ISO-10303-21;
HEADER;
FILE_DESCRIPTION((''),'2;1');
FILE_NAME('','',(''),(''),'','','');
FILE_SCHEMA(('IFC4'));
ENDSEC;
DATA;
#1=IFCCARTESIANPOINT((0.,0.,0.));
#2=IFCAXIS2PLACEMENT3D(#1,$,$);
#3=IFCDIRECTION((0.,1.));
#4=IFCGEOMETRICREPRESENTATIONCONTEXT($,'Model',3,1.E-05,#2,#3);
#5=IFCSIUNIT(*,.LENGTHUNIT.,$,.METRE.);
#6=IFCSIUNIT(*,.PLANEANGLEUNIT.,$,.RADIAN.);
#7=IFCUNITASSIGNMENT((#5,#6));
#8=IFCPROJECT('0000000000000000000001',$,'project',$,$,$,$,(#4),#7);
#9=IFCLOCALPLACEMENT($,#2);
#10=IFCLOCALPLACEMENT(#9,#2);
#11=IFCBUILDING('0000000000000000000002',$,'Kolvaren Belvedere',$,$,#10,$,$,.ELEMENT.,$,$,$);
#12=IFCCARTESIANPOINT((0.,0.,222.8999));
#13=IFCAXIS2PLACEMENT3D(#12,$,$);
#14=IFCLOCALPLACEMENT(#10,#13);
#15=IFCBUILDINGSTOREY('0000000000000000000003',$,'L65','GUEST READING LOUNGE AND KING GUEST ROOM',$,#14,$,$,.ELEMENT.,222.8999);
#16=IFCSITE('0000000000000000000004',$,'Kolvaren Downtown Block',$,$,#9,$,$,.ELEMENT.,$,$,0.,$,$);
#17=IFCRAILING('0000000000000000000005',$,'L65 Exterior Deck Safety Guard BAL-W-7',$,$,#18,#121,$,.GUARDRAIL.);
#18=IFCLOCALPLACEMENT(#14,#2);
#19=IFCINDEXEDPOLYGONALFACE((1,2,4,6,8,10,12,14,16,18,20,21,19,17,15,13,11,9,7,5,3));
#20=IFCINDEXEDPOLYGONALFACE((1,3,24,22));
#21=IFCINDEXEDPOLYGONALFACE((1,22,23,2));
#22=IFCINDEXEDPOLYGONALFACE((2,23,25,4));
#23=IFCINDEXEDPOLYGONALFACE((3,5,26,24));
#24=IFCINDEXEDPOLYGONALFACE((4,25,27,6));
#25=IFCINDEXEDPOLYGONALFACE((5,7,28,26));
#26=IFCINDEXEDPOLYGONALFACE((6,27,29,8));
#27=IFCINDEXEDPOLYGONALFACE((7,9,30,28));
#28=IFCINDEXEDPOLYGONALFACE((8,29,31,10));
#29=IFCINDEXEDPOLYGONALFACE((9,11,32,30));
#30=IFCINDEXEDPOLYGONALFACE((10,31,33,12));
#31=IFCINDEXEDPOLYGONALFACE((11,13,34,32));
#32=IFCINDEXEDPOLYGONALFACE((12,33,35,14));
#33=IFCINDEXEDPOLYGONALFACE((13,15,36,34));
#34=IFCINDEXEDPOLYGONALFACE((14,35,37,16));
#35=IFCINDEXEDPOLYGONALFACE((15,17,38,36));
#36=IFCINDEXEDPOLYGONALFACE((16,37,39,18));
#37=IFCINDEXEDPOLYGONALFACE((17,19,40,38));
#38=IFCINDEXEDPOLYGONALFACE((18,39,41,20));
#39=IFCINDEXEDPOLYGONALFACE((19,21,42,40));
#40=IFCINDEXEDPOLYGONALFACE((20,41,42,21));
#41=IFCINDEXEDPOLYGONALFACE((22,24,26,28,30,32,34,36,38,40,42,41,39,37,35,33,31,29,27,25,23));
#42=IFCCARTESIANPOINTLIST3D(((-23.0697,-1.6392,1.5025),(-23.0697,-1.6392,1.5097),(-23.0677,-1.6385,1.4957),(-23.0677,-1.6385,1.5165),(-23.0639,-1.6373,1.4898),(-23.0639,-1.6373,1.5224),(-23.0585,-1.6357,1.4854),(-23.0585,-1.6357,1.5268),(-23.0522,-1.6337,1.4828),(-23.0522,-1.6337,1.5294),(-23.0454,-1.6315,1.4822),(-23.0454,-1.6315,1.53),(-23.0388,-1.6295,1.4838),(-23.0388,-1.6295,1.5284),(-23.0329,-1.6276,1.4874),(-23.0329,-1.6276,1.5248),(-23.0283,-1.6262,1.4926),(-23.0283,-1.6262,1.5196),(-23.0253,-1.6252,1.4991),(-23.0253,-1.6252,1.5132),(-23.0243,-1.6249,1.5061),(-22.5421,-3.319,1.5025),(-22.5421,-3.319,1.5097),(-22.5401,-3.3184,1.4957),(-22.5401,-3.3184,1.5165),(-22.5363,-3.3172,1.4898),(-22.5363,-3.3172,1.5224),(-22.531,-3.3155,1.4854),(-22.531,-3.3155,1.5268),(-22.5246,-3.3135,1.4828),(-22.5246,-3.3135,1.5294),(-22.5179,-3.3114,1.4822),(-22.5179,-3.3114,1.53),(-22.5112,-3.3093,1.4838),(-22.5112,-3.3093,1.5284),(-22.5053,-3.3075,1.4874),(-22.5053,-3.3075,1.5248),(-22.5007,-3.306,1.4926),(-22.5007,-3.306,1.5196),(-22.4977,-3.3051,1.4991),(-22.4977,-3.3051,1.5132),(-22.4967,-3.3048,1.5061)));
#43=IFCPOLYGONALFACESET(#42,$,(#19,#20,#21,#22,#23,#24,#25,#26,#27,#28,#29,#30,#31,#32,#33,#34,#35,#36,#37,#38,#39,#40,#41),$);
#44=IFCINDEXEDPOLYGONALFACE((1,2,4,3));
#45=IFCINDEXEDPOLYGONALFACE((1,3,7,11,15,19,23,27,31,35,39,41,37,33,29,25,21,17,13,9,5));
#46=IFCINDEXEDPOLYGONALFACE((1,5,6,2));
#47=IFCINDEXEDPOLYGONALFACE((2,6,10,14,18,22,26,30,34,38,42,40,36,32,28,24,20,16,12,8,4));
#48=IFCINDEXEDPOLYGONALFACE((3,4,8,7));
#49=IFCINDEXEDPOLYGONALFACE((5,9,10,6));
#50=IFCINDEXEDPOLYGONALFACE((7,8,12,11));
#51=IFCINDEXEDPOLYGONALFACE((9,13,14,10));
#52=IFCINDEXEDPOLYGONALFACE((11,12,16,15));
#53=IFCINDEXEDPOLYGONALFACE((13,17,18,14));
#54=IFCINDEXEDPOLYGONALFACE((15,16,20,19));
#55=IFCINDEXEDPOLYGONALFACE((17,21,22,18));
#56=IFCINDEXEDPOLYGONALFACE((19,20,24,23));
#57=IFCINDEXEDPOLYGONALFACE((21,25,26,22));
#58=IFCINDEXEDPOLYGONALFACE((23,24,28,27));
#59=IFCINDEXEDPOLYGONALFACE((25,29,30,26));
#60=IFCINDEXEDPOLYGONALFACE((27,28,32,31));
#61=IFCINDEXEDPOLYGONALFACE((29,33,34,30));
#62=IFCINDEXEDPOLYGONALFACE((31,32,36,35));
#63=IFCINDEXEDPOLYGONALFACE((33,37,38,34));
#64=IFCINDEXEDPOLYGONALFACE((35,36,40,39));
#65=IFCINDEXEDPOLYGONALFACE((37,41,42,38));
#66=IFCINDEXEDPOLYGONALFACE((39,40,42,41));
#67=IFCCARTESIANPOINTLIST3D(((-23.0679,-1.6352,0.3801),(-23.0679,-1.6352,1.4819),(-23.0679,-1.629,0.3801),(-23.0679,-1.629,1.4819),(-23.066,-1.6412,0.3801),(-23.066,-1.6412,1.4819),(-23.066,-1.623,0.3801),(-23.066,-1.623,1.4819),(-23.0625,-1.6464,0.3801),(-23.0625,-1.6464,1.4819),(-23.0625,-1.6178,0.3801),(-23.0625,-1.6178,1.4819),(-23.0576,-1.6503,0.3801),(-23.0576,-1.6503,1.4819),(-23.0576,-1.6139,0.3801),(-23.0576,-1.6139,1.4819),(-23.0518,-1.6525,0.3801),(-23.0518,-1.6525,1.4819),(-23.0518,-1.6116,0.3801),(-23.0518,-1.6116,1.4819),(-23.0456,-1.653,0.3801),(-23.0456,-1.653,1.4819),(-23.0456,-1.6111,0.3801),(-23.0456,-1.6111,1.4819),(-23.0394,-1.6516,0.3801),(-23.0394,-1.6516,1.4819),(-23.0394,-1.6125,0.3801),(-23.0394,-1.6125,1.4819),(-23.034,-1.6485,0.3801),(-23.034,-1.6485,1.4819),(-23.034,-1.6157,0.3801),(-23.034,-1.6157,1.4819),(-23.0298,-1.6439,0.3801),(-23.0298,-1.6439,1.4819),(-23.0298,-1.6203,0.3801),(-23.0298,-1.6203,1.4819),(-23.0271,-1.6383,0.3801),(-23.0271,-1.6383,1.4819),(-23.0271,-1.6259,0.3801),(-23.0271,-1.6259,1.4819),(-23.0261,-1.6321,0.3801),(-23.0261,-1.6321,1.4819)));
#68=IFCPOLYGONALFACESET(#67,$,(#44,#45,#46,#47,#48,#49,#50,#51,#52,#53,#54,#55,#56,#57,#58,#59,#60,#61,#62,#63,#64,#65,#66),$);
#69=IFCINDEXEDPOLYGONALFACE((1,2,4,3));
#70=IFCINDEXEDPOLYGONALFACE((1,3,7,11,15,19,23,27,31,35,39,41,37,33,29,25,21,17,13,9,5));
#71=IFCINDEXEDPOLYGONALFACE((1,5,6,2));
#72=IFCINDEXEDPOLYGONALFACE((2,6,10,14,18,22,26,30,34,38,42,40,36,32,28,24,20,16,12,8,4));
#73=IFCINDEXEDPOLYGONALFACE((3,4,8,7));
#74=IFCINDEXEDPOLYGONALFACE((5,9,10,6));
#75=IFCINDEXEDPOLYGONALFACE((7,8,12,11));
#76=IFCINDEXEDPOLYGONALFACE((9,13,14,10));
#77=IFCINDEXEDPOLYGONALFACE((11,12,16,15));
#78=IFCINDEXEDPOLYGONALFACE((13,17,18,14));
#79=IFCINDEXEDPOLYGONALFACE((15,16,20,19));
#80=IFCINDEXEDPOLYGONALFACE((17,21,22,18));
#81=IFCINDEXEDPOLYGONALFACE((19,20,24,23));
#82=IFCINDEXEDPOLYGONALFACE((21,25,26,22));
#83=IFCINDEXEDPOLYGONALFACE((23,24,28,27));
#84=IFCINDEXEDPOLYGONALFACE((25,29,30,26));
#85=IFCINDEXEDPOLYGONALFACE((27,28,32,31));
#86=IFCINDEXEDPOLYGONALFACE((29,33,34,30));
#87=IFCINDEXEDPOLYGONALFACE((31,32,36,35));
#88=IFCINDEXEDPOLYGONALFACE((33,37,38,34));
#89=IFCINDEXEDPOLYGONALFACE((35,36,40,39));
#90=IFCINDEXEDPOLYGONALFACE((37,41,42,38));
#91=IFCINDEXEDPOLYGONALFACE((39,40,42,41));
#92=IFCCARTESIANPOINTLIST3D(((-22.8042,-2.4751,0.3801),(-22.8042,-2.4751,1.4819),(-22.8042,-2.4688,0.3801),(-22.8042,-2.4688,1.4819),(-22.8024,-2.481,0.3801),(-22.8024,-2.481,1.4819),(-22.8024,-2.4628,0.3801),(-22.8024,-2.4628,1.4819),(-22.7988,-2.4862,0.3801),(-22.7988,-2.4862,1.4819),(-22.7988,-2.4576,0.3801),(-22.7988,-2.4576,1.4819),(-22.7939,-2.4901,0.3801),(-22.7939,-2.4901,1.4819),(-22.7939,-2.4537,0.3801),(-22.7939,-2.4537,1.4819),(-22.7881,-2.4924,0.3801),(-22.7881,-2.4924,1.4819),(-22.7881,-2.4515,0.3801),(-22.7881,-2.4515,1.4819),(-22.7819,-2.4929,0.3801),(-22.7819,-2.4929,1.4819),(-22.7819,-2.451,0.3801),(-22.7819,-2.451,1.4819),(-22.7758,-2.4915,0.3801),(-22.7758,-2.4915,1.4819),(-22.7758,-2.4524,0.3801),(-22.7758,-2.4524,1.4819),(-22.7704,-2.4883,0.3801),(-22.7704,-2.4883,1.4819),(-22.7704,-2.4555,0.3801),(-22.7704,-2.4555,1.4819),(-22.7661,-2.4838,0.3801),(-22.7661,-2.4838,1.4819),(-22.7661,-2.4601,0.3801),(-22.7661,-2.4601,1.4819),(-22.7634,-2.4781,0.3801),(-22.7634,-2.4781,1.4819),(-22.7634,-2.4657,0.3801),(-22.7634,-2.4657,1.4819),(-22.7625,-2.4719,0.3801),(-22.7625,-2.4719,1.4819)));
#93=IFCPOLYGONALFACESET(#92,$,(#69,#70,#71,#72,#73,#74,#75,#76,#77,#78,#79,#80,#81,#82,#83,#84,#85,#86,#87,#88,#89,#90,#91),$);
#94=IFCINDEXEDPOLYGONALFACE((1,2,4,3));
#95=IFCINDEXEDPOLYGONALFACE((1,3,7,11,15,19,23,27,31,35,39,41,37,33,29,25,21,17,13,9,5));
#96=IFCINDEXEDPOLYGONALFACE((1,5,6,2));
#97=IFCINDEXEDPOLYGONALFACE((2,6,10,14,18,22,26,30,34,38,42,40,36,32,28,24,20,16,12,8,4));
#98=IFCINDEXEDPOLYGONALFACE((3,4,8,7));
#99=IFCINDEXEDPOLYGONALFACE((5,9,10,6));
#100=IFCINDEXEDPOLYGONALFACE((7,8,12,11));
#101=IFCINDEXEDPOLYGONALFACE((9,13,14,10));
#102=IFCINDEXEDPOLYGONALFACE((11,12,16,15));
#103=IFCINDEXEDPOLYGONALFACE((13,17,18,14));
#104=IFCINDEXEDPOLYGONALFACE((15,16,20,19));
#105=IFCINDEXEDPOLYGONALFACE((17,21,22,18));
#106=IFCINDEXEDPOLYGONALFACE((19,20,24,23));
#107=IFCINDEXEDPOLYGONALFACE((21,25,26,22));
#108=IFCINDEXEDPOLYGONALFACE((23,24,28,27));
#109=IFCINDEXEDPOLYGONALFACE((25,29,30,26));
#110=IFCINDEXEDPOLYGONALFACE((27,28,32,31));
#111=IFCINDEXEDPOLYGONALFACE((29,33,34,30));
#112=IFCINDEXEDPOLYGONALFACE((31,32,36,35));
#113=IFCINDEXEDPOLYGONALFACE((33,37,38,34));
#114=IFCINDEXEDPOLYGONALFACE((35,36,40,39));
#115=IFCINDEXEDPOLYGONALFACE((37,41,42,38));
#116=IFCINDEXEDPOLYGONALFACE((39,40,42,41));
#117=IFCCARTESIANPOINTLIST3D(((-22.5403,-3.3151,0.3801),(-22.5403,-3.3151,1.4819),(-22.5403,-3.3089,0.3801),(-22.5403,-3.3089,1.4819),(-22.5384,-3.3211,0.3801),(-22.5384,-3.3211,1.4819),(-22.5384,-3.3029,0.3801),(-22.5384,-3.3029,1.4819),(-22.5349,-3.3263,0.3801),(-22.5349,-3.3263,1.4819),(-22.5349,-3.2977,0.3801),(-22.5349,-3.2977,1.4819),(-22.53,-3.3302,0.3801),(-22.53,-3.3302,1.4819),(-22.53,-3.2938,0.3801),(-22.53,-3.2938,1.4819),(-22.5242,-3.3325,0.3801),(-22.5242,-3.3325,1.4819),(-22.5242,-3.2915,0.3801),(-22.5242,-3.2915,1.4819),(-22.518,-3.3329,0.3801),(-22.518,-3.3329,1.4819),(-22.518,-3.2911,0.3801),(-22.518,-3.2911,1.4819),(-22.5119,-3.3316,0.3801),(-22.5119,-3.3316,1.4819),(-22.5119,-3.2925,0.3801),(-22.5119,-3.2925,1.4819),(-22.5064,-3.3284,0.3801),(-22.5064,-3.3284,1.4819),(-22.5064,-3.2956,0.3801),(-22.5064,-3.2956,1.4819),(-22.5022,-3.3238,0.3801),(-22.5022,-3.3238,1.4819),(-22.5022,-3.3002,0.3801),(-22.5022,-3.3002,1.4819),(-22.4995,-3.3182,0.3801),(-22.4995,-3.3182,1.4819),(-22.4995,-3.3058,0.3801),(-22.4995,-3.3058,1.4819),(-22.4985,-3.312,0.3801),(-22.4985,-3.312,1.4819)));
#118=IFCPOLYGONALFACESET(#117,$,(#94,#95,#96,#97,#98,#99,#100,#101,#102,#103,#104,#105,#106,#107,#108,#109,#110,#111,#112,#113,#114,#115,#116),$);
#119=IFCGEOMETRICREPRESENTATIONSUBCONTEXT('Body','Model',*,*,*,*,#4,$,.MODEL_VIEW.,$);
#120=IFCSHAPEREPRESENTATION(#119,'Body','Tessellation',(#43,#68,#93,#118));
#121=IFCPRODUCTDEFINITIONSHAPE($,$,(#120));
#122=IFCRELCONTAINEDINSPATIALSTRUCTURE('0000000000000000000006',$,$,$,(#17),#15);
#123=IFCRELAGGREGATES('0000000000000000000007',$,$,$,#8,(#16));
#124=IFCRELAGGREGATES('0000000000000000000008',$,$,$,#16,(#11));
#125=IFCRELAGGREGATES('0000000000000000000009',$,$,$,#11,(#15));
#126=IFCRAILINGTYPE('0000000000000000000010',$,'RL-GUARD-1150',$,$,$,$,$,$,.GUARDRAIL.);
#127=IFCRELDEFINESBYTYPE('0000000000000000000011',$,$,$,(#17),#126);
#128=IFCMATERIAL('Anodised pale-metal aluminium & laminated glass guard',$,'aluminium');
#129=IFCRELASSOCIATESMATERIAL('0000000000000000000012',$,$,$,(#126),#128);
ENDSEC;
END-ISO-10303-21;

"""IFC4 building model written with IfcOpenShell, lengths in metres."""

from ifc_helpers import new_model, si_unit, direction, frame, origin, origin_2d, place, context, subcontext, project, spatial, circle, extrude, material, type_object, element, save


model = new_model("IFC4")

# Units and contexts
model_context = context("Model", 3, precision=1e-05, world=origin(), true_north=direction((0.0, 1.0)))
body_context = subcontext(model_context, "Body", "Model", "MODEL_VIEW")
ifc_project = project(units=[si_unit("LENGTHUNIT", "METRE"), si_unit("PLANEANGLEUNIT", "RADIAN")], contexts=[model_context])

# Site, building, storey
site_placement = place(None, origin())
site = spatial("IfcSite", under=ifc_project, at=site_placement, Name="Kolvaren Downtown Block", CompositionType="ELEMENT", RefElevation=0.0)
building_placement = place(site_placement, origin())
building = spatial("IfcBuilding", under=site, at=building_placement, Name="Kolvaren Belvedere", CompositionType="ELEMENT")
storey_placement = place(building_placement, frame((0.0, 0.0, 222.8999)))
storey = spatial("IfcBuildingStorey", under=building, at=storey_placement, Name="L65", Description="GUEST READING LOUNGE AND KING GUEST ROOM", CompositionType="ELEMENT", Elevation=222.8999)

# Railing
ifc_material_1 = material(Name="Anodised pale-metal aluminium & laminated glass guard", Category="aluminium")
railing_type = type_object("IfcRailingType", Name="RL-GUARD-1150", PredefinedType="GUARDRAIL", material=ifc_material_1)
railing_1_placement = place(storey_placement, frame((-23.0471, -1.6321, 0.3801)))
element("IfcRailing", 1, at=railing_1_placement, inside=storey, type_object=railing_type, Name="L65 Exterior Deck Safety Guard BAL-W-7", PredefinedType="GUARDRAIL", context=body_context, shape_type="SweptSolid", body=[
    extrude(circle(Radius=0.0239, at=origin_2d()), frame((0.0, 0.0, 1.126), z_axis=(0.299625, -0.954057, 0.0), x_axis=(0.954057, 0.299625, 0.0)), (0.0, 0.0, 1.0), 1.7607),
    extrude(circle(Radius=0.021, at=origin_2d()), origin(), (0.0, 0.0, 1.0), 1.1018),
    extrude(circle(Radius=0.021, at=origin_2d()), frame((0.2637, -0.8398, 0.0)), (0.0, 0.0, 1.0), 1.1018),
    extrude(circle(Radius=0.021, at=origin_2d()), frame((0.5276, -1.6799, 0.0)), (0.0, 0.0, 1.0), 1.1018),
])

save(model, "model.ifc")
